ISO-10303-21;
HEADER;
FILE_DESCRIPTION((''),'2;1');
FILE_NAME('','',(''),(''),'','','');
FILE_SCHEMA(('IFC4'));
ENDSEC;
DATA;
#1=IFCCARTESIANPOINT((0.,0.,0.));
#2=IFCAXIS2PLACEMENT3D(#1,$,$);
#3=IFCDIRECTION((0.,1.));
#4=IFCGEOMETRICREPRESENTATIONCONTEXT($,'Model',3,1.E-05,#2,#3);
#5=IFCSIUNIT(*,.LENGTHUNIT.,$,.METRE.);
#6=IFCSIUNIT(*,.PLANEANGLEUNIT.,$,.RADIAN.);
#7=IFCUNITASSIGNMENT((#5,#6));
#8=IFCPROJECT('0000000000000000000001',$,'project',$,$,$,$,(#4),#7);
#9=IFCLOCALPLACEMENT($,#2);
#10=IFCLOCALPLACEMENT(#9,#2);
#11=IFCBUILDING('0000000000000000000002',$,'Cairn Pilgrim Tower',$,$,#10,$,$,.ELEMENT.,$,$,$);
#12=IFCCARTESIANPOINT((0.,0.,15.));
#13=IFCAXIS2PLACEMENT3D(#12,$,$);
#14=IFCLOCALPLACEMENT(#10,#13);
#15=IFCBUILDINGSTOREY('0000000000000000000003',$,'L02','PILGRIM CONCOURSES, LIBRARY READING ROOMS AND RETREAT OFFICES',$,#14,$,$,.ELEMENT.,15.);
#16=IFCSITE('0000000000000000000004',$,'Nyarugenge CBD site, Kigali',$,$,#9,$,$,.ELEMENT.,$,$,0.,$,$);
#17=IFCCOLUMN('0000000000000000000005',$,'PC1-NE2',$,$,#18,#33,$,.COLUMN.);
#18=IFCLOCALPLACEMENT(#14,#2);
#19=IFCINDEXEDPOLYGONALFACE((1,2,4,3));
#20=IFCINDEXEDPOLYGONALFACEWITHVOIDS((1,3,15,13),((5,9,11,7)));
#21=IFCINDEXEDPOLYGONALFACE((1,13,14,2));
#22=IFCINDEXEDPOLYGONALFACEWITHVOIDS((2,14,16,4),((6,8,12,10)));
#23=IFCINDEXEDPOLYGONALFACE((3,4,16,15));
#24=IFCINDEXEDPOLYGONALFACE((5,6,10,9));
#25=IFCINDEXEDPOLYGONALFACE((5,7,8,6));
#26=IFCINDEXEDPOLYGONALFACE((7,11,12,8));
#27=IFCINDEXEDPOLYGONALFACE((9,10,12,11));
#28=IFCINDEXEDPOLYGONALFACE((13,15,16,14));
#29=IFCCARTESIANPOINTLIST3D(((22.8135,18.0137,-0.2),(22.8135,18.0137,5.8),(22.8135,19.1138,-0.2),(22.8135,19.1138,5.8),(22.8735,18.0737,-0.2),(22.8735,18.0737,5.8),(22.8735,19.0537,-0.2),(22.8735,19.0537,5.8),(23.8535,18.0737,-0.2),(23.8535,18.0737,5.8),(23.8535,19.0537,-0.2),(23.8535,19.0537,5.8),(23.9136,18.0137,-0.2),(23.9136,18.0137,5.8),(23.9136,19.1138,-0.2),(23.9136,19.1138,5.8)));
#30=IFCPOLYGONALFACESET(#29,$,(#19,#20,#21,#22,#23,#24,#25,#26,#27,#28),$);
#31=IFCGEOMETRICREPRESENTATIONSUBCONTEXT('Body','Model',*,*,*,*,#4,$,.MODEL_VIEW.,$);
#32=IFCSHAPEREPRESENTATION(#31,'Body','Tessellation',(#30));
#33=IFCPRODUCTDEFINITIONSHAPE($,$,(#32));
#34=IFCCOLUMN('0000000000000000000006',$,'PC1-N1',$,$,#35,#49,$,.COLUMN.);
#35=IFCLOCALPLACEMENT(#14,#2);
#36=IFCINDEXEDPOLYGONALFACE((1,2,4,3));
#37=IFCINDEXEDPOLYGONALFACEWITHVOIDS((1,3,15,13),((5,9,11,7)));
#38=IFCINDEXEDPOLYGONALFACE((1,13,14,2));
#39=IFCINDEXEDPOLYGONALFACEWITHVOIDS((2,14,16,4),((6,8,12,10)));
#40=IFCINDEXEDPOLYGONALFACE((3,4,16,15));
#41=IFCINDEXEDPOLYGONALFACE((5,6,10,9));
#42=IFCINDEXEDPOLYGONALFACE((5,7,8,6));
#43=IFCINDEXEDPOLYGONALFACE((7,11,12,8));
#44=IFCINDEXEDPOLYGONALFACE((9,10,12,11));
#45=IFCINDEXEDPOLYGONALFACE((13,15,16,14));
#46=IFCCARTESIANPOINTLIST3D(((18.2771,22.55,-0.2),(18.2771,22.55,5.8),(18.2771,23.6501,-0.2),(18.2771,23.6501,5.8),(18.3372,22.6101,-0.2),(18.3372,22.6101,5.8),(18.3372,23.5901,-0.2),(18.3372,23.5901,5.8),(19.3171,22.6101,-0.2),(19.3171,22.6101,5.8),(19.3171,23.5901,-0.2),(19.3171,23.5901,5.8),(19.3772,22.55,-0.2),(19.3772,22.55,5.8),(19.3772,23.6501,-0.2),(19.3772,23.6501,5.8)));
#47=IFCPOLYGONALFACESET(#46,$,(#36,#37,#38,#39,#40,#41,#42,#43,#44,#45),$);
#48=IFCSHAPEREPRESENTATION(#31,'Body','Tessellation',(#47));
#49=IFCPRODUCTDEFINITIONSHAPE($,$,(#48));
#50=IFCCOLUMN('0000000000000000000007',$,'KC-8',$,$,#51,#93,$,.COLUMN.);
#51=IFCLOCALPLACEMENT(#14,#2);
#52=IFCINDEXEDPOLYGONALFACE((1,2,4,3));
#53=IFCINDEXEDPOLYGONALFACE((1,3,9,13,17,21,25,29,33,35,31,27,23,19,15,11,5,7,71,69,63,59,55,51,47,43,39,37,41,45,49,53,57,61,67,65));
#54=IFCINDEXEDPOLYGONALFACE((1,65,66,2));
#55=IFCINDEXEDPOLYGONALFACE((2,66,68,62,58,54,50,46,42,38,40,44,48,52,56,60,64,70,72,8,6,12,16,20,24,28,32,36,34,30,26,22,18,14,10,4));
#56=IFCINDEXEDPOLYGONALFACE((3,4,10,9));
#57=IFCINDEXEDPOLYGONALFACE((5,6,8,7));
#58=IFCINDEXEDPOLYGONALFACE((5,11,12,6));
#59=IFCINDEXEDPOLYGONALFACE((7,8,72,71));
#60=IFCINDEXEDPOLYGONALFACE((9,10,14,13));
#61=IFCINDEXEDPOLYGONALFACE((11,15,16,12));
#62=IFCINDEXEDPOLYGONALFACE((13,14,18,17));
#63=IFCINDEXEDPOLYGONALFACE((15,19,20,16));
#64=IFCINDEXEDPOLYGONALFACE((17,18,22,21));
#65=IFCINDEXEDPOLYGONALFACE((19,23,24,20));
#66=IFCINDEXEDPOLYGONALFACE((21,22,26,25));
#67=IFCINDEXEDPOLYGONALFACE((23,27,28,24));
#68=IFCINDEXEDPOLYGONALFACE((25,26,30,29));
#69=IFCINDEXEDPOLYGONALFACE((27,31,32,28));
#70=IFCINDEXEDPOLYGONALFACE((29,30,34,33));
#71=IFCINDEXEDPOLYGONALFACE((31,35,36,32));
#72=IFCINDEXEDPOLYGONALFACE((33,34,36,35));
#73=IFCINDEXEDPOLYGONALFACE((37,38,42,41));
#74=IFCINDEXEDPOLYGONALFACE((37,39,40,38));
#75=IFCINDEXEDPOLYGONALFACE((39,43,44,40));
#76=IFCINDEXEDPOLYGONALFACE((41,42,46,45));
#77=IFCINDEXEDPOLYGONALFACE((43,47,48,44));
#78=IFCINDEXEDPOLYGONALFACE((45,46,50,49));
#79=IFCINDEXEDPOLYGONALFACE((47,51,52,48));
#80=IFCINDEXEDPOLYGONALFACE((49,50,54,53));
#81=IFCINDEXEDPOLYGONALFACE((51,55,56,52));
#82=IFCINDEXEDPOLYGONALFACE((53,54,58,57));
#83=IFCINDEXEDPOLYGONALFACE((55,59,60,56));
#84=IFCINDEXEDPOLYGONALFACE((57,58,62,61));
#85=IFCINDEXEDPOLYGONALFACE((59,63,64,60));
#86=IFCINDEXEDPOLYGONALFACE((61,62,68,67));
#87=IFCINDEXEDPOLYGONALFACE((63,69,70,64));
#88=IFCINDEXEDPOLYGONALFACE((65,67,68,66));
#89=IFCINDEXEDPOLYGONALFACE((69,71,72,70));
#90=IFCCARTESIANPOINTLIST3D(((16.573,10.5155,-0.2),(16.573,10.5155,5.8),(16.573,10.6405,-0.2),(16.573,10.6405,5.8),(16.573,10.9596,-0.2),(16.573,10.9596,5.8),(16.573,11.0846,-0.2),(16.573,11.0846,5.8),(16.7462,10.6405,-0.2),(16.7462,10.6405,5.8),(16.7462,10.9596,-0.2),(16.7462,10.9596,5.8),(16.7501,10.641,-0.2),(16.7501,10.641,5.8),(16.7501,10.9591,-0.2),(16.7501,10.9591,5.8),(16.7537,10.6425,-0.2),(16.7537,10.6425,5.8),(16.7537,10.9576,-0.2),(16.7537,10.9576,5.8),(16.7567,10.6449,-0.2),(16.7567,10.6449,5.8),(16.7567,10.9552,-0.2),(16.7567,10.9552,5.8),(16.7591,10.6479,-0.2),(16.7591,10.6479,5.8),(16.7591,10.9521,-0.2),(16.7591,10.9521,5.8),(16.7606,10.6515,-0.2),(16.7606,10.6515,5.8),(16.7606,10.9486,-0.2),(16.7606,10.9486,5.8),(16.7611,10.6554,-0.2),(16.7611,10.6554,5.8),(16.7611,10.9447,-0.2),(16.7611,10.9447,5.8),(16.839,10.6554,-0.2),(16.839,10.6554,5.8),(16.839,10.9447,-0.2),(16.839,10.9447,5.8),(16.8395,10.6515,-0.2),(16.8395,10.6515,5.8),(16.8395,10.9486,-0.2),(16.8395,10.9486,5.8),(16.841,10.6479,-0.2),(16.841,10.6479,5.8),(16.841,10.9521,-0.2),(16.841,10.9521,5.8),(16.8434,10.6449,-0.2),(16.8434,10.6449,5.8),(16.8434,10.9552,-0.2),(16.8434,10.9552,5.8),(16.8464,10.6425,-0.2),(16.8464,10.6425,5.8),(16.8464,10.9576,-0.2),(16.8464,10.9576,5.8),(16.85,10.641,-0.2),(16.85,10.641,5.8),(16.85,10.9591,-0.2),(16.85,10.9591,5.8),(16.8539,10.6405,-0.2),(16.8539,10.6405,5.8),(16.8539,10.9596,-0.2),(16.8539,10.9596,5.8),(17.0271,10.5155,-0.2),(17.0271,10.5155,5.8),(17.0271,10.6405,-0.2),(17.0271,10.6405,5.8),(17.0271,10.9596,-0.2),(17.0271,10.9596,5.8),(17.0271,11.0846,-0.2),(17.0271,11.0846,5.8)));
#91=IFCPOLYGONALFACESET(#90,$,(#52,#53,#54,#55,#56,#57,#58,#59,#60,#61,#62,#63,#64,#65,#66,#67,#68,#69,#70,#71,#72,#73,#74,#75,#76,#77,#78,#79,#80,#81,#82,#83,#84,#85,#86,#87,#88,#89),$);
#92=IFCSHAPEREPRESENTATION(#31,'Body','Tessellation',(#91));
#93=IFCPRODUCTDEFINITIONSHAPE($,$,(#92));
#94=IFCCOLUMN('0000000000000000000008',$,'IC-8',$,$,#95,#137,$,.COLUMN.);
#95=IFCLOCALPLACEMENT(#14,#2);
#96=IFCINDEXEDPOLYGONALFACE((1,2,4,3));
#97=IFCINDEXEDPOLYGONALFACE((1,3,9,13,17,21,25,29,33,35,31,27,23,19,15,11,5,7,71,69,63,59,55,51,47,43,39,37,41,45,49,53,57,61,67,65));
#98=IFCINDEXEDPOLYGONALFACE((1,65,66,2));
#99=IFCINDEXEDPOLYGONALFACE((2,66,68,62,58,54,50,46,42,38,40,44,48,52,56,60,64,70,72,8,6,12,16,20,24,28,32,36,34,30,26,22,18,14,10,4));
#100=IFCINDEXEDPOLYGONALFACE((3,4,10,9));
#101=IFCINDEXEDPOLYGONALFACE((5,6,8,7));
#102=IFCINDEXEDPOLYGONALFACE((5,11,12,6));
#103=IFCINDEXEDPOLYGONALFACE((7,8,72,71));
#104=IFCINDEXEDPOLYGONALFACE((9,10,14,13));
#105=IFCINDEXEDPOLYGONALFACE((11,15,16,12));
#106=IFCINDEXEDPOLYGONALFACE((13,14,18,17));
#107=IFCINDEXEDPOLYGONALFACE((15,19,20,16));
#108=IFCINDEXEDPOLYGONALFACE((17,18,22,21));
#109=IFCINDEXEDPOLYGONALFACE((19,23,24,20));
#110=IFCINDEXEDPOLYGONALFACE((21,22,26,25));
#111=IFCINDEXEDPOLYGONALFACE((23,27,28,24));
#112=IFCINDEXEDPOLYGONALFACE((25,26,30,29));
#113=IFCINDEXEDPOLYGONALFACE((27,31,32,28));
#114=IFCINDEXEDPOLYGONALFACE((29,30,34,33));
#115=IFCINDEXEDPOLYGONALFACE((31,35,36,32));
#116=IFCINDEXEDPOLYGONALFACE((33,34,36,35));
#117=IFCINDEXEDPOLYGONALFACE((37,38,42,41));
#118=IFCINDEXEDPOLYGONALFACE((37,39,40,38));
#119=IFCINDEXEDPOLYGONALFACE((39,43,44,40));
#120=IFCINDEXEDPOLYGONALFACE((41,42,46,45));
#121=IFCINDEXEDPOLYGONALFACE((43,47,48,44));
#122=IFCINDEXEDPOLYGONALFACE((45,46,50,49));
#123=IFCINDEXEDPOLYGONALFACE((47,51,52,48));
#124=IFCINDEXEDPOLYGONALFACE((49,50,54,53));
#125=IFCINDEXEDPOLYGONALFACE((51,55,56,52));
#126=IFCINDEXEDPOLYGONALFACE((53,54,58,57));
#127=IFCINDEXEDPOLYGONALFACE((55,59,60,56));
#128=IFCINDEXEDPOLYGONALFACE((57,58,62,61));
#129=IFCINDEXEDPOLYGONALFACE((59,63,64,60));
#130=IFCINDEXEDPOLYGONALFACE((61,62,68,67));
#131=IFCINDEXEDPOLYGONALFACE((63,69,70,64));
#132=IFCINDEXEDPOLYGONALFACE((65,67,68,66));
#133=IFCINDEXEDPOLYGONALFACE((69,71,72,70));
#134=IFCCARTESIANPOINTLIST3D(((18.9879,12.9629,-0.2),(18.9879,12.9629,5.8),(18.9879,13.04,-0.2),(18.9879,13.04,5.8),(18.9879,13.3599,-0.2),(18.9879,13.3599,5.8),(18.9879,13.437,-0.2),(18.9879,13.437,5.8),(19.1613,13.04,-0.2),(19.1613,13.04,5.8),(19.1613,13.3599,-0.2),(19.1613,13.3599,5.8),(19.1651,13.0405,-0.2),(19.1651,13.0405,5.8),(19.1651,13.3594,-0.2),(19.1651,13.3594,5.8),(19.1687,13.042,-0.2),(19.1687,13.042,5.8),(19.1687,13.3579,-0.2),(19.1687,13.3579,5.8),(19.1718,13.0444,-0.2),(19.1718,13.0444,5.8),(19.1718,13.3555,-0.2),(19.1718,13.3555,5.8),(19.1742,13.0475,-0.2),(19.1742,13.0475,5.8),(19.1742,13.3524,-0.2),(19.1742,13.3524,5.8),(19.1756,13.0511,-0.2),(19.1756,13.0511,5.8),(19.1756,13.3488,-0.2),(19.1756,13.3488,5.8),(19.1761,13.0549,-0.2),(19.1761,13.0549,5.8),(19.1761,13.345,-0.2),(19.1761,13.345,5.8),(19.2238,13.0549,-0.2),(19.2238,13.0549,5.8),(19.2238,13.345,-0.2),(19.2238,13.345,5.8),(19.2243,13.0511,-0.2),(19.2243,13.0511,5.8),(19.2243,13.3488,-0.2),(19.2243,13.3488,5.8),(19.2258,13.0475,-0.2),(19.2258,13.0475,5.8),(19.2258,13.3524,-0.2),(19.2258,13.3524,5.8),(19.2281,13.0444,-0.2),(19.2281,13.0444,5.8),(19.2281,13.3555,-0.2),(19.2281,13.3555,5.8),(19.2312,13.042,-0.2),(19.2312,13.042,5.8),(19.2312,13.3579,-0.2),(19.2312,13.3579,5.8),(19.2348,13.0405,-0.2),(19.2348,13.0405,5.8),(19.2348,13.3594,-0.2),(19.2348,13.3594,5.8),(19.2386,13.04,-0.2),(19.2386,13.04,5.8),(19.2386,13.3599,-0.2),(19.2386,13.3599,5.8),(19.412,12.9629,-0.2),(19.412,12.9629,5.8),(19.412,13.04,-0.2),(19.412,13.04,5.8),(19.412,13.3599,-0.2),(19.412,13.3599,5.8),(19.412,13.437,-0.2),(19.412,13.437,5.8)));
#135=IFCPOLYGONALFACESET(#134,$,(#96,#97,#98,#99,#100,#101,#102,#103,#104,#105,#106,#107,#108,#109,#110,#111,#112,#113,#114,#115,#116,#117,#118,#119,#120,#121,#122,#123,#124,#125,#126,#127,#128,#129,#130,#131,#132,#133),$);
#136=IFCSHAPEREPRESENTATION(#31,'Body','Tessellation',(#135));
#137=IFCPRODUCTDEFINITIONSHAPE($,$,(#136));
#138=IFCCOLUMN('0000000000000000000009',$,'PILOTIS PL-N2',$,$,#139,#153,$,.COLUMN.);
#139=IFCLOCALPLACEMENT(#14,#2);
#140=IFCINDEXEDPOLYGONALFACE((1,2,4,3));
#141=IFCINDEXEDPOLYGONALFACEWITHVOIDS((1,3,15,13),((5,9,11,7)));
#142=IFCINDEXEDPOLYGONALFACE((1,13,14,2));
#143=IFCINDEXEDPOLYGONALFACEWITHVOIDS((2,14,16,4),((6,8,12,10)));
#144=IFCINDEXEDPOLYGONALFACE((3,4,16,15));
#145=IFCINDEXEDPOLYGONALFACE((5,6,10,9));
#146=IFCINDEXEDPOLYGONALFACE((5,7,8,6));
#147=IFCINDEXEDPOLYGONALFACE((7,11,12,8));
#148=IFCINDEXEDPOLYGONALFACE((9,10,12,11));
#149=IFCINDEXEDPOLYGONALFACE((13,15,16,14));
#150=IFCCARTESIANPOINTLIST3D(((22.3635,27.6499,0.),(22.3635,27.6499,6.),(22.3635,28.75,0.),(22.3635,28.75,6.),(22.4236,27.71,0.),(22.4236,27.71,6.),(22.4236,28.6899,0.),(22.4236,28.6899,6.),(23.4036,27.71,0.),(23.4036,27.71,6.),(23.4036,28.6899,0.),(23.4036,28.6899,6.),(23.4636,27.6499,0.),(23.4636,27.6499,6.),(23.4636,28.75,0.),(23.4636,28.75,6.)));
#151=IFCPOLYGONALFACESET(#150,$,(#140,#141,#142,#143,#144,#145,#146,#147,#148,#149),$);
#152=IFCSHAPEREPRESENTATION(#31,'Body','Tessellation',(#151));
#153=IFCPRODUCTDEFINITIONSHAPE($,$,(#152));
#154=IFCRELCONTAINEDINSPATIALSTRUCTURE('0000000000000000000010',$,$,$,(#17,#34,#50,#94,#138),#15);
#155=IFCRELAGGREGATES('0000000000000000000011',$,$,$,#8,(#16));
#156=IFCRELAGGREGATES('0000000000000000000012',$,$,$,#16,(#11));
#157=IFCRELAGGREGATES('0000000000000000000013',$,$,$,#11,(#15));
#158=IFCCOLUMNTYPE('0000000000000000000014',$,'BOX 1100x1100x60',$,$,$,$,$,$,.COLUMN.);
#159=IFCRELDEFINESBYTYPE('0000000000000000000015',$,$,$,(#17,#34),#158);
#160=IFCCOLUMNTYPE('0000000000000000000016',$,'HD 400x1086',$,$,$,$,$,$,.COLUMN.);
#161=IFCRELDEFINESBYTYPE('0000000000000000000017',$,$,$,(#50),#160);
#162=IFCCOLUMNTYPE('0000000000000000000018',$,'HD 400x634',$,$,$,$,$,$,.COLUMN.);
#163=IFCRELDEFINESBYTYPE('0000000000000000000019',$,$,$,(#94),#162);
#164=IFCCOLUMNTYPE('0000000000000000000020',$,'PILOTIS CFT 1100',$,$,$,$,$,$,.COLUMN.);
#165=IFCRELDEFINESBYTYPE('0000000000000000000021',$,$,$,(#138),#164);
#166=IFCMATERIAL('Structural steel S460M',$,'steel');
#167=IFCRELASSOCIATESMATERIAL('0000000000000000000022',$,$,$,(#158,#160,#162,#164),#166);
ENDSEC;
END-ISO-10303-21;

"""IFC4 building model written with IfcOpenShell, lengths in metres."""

from ifc_helpers import new_model, si_unit, direction, frame, origin, origin_2d, place, context, subcontext, project, spatial, hollow_rectangle, i_section, extrude, material, material_profile, profile_set, type_object, element, save


model = new_model("IFC4")

# Units and contexts
model_context = context("Model", 3, precision=1e-05, world=origin(), true_north=direction((0.0, 1.0)))
body_context = subcontext(model_context, "Body", "Model", "MODEL_VIEW")
ifc_project = project(units=[si_unit("LENGTHUNIT", "METRE"), si_unit("PLANEANGLEUNIT", "RADIAN")], contexts=[model_context])

# Site, building, storey
site_placement = place(None, origin())
site = spatial("IfcSite", under=ifc_project, at=site_placement, Name="Nyarugenge CBD site, Kigali", CompositionType="ELEMENT", RefElevation=0.0)
building_placement = place(site_placement, origin())
building = spatial("IfcBuilding", under=site, at=building_placement, Name="Cairn Pilgrim Tower", CompositionType="ELEMENT")
storey_placement = place(building_placement, frame((0.0, 0.0, 15.0)))
storey = spatial("IfcBuildingStorey", under=building, at=storey_placement, Name="L02", Description="PILGRIM CONCOURSES, LIBRARY READING ROOMS AND RETREAT OFFICES", CompositionType="ELEMENT", Elevation=15.0)

# Columns
ifc_material_1 = material(Name="Structural steel S460M", Category="steel")
ifc_material_profile_1 = material_profile(ifc_material_1, hollow_rectangle(XDim=1.1001, YDim=1.1001, WallThickness=0.0601, at=origin_2d()), Name="BOX 1100x1100x60")
ifc_profile_set_1 = profile_set([ifc_material_profile_1], Name="Structural steel S460M")
column_type_1 = type_object("IfcColumnType", Name="BOX 1100x1100x60", PredefinedType="COLUMN", material=ifc_profile_set_1)
for number, where, z_axis, x_axis, name in (
    (1, (23.3635, 18.5637, -0.2), (0.0, 0.0, 1.0), (1.0, 0.0, 0.0), "PC1-NE2"),
    (2, (18.8271, 23.1001, -0.2), (0.0, 0.0, 1.0), (1.0, 0.0, 0.0), "PC1-N1"),
):
    element("IfcColumn", number, at=place(storey_placement, frame(where, z_axis=z_axis, x_axis=x_axis)), inside=storey, type_object=column_type_1, Name=name, PredefinedType="COLUMN", context=body_context, shape_type="SweptSolid", body=[
        extrude(hollow_rectangle(XDim=1.1001, YDim=1.1001, WallThickness=0.0601, at=origin_2d()), origin(), (0.0, 0.0, 1.0), 6.0),
    ])
ifc_material_profile_2 = material_profile(ifc_material_1, i_section(OverallWidth=0.4541, OverallDepth=0.5691, WebThickness=0.0779, FlangeThickness=0.125, FilletRadius=0.0149, at=origin_2d()), Name="HD 400x1086")
ifc_profile_set_2 = profile_set([ifc_material_profile_2], Name="Structural steel S460M")
column_type_2 = type_object("IfcColumnType", Name="HD 400x1086", PredefinedType="COLUMN", material=ifc_profile_set_2)
column_1_placement = place(storey_placement, frame((16.8, 10.8, -0.2), z_axis=(0.0, 0.0, 1.0), x_axis=(1.0, 0.0, 0.0)))
element("IfcColumn", 3, at=column_1_placement, inside=storey, type_object=column_type_2, Name="KC-8", PredefinedType="COLUMN", context=body_context, shape_type="SweptSolid", body=[
    extrude(i_section(OverallWidth=0.4541, OverallDepth=0.5691, WebThickness=0.0779, FlangeThickness=0.125, FilletRadius=0.0149, at=origin_2d()), origin(), (0.0, 0.0, 1.0), 6.0),
])
ifc_material_profile_3 = material_profile(ifc_material_1, i_section(OverallWidth=0.4241, OverallDepth=0.4741, WebThickness=0.0476, FlangeThickness=0.0771, FilletRadius=0.0149, at=origin_2d()), Name="HD 400x634")
ifc_profile_set_3 = profile_set([ifc_material_profile_3], Name="Structural steel S460M")
column_type_3 = type_object("IfcColumnType", Name="HD 400x634", PredefinedType="COLUMN", material=ifc_profile_set_3)
column_2_placement = place(storey_placement, frame((19.2, 13.2, -0.2), z_axis=(0.0, 0.0, 1.0), x_axis=(1.0, 0.0, 0.0)))
element("IfcColumn", 4, at=column_2_placement, inside=storey, type_object=column_type_3, Name="IC-8", PredefinedType="COLUMN", context=body_context, shape_type="SweptSolid", body=[
    extrude(i_section(OverallWidth=0.4241, OverallDepth=0.4741, WebThickness=0.0476, FlangeThickness=0.0771, FilletRadius=0.0149, at=origin_2d()), origin(), (0.0, 0.0, 1.0), 6.0),
])
ifc_material_profile_4 = material_profile(ifc_material_1, hollow_rectangle(XDim=1.1001, YDim=1.1001, WallThickness=0.0601, at=origin_2d()), Name="BOX 1100x1100x60")
ifc_profile_set_4 = profile_set([ifc_material_profile_4], Name="Structural steel S460M")
column_type_4 = type_object("IfcColumnType", Name="PILOTIS CFT 1100", PredefinedType="COLUMN", material=ifc_profile_set_4)
column_3_placement = place(storey_placement, frame((22.9136, 28.2, 0.0), z_axis=(0.0, 0.0, 1.0), x_axis=(1.0, 0.0, 0.0)))
element("IfcColumn", 5, at=column_3_placement, inside=storey, type_object=column_type_4, Name="PILOTIS PL-N2", PredefinedType="COLUMN", context=body_context, shape_type="SweptSolid", body=[
    extrude(hollow_rectangle(XDim=1.1001, YDim=1.1001, WallThickness=0.0601, at=origin_2d()), origin(), (0.0, 0.0, 1.0), 6.0),
])

save(model, "model.ifc")
